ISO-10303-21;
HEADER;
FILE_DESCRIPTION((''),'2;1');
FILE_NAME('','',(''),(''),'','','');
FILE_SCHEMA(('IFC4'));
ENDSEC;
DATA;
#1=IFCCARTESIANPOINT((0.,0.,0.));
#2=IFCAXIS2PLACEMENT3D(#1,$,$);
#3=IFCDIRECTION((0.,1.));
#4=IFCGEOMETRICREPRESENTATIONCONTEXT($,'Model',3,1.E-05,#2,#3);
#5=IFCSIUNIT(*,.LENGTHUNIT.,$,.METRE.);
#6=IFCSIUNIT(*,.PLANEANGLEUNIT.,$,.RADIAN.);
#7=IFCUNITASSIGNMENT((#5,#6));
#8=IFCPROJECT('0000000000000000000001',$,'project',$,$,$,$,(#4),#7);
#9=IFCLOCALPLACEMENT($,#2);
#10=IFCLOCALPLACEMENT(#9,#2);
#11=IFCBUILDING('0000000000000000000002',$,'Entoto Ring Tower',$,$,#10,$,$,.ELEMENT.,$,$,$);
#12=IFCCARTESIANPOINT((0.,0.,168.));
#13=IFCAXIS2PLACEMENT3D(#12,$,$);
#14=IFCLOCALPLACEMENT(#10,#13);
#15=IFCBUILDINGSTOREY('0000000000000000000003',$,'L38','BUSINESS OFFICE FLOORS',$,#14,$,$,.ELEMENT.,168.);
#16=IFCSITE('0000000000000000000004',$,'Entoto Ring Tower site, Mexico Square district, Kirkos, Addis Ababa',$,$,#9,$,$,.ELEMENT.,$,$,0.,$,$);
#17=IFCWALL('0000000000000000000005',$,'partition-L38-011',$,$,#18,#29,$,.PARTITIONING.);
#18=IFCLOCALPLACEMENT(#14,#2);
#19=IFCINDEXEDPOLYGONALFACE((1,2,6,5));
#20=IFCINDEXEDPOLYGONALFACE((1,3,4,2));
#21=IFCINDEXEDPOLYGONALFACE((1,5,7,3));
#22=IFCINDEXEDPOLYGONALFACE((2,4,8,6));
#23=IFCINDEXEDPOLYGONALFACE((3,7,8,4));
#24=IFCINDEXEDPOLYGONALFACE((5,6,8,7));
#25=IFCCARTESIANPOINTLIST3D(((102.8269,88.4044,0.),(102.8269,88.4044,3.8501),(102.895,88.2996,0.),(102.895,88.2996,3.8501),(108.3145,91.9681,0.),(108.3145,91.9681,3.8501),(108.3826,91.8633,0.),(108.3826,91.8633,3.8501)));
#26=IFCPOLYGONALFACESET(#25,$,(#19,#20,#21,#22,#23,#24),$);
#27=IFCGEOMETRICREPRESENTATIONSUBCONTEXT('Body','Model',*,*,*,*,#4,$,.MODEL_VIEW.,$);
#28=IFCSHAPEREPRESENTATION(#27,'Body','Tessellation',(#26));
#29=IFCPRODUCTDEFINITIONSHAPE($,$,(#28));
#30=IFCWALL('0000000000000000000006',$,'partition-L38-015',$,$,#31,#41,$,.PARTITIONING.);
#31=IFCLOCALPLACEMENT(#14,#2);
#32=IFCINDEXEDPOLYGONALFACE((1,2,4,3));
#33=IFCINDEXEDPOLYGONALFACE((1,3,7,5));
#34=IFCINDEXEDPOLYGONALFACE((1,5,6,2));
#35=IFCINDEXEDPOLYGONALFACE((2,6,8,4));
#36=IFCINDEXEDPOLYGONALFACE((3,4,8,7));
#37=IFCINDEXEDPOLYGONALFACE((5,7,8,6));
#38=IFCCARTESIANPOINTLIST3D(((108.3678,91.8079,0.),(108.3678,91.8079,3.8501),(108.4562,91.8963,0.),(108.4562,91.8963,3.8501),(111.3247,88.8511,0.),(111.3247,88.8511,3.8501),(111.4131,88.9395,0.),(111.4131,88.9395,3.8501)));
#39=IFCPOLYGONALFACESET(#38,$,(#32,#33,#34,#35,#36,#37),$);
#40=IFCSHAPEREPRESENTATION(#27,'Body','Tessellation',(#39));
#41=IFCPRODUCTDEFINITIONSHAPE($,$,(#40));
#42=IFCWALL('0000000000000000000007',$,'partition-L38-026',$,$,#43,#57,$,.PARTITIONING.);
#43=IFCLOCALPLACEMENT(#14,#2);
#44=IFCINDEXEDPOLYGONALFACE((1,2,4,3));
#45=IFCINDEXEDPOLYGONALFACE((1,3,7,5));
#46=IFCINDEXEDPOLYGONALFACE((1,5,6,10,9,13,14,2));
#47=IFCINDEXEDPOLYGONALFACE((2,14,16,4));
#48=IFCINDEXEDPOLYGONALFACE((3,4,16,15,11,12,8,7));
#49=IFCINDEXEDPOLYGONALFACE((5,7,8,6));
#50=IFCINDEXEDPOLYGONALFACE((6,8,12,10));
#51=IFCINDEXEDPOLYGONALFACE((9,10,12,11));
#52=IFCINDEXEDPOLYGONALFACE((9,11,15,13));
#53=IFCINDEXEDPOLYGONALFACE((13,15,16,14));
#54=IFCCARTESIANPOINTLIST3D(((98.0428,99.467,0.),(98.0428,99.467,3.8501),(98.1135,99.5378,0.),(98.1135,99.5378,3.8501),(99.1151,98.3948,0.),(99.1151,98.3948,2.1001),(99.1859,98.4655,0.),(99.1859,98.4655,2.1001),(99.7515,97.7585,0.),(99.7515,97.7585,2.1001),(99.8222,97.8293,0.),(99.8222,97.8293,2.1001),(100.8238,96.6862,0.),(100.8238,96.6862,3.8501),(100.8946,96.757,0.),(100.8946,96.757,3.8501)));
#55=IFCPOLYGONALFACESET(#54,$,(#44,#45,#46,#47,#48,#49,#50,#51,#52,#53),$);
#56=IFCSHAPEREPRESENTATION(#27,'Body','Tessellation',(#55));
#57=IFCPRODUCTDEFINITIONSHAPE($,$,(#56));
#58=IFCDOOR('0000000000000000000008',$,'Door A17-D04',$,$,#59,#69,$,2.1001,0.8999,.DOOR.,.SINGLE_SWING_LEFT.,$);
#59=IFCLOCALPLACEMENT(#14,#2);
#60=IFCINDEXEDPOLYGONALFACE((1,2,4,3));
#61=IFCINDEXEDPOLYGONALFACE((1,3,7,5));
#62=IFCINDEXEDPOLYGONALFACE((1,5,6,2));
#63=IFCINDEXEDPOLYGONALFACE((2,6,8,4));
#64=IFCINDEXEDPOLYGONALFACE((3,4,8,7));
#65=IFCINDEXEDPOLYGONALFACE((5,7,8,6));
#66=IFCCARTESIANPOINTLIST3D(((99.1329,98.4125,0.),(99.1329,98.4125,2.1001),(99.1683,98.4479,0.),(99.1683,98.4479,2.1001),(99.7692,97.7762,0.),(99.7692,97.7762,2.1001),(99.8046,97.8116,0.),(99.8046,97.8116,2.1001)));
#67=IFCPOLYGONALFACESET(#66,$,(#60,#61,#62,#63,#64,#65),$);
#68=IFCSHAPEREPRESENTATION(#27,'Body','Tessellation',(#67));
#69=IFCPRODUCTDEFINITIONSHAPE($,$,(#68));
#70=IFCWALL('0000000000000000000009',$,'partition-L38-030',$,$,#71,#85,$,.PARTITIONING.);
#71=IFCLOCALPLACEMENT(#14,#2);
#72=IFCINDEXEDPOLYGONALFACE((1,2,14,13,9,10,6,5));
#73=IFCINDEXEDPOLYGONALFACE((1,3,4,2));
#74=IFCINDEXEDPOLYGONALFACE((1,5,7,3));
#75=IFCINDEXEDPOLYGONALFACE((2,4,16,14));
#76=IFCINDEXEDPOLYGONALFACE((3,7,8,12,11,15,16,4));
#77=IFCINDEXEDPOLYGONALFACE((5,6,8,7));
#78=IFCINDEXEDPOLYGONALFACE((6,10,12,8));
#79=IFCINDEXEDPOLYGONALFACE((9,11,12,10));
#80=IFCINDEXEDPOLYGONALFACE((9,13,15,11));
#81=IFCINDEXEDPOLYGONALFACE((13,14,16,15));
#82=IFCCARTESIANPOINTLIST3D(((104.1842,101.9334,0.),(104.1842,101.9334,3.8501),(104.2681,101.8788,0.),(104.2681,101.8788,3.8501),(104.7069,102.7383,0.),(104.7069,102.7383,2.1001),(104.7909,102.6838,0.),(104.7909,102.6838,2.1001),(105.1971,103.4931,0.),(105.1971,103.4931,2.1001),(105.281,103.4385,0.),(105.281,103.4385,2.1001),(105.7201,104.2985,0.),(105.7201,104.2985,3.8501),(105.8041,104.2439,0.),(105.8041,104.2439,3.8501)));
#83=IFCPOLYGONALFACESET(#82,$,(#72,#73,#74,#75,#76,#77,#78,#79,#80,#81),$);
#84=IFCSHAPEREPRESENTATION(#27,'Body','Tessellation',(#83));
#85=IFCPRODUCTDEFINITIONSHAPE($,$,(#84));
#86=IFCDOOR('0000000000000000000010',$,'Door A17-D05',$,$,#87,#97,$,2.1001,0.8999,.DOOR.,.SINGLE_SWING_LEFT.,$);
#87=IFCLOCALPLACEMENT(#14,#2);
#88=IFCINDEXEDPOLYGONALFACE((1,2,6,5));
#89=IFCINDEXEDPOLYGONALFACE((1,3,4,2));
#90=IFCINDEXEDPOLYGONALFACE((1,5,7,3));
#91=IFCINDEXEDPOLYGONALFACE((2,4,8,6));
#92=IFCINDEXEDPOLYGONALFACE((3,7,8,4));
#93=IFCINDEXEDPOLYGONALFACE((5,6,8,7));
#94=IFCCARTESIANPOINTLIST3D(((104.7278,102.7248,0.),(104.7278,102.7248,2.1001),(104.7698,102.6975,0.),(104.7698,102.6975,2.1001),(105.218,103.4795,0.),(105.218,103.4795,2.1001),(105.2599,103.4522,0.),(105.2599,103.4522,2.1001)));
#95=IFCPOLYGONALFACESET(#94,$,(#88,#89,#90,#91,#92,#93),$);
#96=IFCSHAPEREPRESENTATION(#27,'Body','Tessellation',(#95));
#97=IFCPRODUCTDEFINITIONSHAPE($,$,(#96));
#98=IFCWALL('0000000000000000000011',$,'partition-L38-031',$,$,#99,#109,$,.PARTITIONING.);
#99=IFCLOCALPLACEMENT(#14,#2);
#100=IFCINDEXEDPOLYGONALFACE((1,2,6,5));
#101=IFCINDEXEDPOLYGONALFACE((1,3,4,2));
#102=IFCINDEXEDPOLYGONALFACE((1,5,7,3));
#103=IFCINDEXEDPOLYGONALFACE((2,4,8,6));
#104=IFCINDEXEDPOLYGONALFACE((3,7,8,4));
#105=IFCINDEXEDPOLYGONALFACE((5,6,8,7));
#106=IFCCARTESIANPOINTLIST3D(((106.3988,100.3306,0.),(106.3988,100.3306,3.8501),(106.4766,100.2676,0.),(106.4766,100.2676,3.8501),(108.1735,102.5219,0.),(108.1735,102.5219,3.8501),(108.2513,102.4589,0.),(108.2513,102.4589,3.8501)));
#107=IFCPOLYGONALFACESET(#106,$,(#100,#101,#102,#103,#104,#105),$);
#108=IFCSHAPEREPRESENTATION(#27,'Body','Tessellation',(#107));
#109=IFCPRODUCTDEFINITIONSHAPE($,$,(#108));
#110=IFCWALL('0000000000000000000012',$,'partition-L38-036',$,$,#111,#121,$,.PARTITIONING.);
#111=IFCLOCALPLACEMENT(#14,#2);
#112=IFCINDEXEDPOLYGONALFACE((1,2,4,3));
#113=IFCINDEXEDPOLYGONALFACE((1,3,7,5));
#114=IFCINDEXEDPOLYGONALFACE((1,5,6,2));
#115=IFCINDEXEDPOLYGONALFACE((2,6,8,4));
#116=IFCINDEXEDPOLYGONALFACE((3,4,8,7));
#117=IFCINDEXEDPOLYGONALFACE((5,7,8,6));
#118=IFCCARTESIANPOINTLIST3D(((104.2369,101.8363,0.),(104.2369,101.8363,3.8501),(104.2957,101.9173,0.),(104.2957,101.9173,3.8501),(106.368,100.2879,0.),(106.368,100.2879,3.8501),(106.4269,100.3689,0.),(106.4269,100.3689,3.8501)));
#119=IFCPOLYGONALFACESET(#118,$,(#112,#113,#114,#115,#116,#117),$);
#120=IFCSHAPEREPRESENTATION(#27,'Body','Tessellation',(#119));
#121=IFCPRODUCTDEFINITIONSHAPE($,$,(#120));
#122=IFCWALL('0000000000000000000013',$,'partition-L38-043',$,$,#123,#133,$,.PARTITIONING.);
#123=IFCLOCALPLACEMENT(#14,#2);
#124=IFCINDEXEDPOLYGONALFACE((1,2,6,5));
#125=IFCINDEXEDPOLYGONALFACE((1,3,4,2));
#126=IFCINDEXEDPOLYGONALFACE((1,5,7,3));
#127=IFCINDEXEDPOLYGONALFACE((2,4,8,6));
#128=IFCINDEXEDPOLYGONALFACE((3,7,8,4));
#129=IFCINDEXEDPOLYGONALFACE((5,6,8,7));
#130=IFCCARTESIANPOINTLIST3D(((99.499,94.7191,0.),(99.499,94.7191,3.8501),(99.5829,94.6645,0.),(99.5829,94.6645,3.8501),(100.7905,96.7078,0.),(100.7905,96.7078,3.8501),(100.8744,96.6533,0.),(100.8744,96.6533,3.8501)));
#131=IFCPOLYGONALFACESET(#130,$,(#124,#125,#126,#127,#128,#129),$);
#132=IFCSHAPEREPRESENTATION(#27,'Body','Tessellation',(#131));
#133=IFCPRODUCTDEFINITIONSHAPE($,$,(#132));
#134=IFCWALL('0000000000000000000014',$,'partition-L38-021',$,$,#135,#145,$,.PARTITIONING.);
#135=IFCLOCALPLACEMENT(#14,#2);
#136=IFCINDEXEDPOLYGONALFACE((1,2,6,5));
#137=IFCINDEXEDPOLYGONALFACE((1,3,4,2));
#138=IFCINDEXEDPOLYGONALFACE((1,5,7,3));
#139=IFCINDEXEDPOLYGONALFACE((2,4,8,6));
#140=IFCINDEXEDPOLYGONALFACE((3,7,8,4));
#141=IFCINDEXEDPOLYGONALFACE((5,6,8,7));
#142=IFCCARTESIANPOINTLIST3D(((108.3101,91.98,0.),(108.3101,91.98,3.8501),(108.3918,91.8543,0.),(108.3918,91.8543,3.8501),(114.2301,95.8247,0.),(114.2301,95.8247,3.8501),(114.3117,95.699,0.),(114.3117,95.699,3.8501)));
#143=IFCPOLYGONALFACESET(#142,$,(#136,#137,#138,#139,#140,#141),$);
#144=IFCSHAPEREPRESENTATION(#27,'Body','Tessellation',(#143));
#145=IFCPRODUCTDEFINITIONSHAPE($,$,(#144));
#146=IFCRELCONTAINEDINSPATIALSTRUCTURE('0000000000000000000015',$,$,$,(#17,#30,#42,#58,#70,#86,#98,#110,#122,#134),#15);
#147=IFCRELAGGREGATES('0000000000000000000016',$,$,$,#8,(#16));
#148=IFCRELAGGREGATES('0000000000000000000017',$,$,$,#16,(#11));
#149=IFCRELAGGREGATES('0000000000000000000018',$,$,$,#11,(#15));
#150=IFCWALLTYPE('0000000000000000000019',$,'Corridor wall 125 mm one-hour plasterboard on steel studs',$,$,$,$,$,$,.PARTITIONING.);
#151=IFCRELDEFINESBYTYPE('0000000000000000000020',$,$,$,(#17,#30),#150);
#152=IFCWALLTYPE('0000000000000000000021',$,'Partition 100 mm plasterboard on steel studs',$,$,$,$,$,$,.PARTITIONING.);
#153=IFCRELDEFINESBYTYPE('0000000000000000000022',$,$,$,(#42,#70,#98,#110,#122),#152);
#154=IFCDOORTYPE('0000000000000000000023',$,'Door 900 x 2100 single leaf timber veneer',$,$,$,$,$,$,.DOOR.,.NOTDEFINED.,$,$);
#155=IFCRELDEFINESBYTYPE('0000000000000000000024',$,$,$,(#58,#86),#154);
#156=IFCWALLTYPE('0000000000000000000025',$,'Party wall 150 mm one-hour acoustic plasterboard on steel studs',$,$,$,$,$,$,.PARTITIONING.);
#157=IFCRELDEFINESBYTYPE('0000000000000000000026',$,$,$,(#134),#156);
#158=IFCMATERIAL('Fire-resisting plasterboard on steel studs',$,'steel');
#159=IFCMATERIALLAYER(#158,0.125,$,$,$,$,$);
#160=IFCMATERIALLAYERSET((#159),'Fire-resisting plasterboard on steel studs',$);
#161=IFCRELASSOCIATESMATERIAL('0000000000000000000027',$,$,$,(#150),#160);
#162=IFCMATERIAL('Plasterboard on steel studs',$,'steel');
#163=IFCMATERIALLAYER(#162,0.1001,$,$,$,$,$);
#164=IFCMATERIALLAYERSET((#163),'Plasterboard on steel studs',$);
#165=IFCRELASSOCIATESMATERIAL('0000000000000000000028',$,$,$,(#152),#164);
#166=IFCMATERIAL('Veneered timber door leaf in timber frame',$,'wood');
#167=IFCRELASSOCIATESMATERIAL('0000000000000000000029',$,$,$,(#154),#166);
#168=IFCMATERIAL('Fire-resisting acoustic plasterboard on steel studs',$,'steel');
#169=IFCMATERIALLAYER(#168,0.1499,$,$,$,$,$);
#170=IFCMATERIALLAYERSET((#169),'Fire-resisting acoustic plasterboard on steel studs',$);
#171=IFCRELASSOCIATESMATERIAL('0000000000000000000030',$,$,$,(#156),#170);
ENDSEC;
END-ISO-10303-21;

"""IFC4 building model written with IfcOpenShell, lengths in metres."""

from ifc_helpers import new_model, si_unit, direction, frame, frame_2d, origin, place, context, subcontext, project, spatial, rectangle, extrude, material, layer, layer_set, type_object, element, fill, save


model = new_model("IFC4")

# Units and contexts
model_context = context("Model", 3, precision=1e-05, world=origin(), true_north=direction((0.0, 1.0)))
body_context = subcontext(model_context, "Body", "Model", "MODEL_VIEW")
ifc_project = project(units=[si_unit("LENGTHUNIT", "METRE"), si_unit("PLANEANGLEUNIT", "RADIAN")], contexts=[model_context])

# Site, building, storey
site_placement = place(None, origin())
site = spatial("IfcSite", under=ifc_project, at=site_placement, Name="Entoto Ring Tower site, Mexico Square district, Kirkos, Addis Ababa", CompositionType="ELEMENT", RefElevation=0.0)
building_placement = place(site_placement, origin())
building = spatial("IfcBuilding", under=site, at=building_placement, Name="Entoto Ring Tower", CompositionType="ELEMENT")
storey_placement = place(building_placement, frame((0.0, 0.0, 168.0)))
storey = spatial("IfcBuildingStorey", under=building, at=storey_placement, Name="L38", Description="BUSINESS OFFICE FLOORS", CompositionType="ELEMENT", Elevation=168.0)

# Shared definitions
ifc_material_1 = material(Name="Fire-resisting plasterboard on steel studs", Category="steel")
ifc_layer_1 = layer(ifc_material_1, 0.125)
ifc_layer_set_1 = layer_set([ifc_layer_1], Name="Fire-resisting plasterboard on steel studs")
wall_type_1 = type_object("IfcWallType", Name="Corridor wall 125 mm one-hour plasterboard on steel studs", PredefinedType="PARTITIONING", material=ifc_layer_set_1)

# Walls
wall_1_placement = place(storey_placement, frame((102.8611, 88.3521, 0.0), z_axis=(0.0, 0.0, 1.0), x_axis=(0.838666, 0.544646, 0.0)))
element("IfcWall", 1, at=wall_1_placement, inside=storey, type_object=wall_type_1, Name="partition-L38-011", PredefinedType="PARTITIONING", context=body_context, shape_type="SweptSolid", body=[
    extrude(rectangle(XDim=6.5432, YDim=0.125, at=frame_2d((3.2715, 0.0))), origin(), (0.0, 0.0, 1.0), 3.8501),
])
wall_2_placement = place(storey_placement, frame((111.3689, 88.8953, 0.0), z_axis=(0.0, 0.0, 1.0), x_axis=(-0.707107, 0.707107, 0.0)))
element("IfcWall", 2, at=wall_2_placement, inside=storey, type_object=wall_type_1, Name="partition-L38-015", PredefinedType="PARTITIONING", context=body_context, shape_type="SweptSolid", body=[
    extrude(rectangle(XDim=4.1816, YDim=0.125, at=frame_2d((2.0908, 0.0))), origin(), (0.0, 0.0, 1.0), 3.8501),
])

# Walls, openings, doors
ifc_material_2 = material(Name="Plasterboard on steel studs", Category="steel")
ifc_layer_2 = layer(ifc_material_2, 0.1001)
ifc_layer_set_2 = layer_set([ifc_layer_2], Name="Plasterboard on steel studs")
wall_type_2 = type_object("IfcWallType", Name="Partition 100 mm plasterboard on steel studs", PredefinedType="PARTITIONING", material=ifc_layer_set_2)
wall_3_placement = place(storey_placement, frame((100.8591, 96.7217, 0.0), z_axis=(0.0, 0.0, 1.0), x_axis=(-0.707138, 0.707076, 0.0)))
wall_3 = element("IfcWall", 3, at=wall_3_placement, inside=storey, type_object=wall_type_2, Name="partition-L38-026", PredefinedType="PARTITIONING", context=body_context, shape_type="SweptSolid", body=[
    extrude(rectangle(XDim=3.9329, YDim=0.1001, at=frame_2d((1.9663, 0.0))), origin(), (0.0, 0.0, 1.0), 3.8501),
])
opening_1_placement = place(wall_3_placement, frame((1.5164, 0.0, 0.0)))
opening_1 = element("IfcOpeningElement", 4, at=opening_1_placement, cuts=wall_3, PredefinedType="OPENING", context=body_context, shape_type="SweptSolid", body=[
    extrude(rectangle(XDim=0.8999, YDim=2.1001, at=frame_2d((0.45, 1.05))), frame((0.0, 0.0601, 0.0), z_axis=(0.0, -1.0, 0.0), x_axis=(1.0, 0.0, 0.0)), (0.0, 0.0, 1.0), 0.1201),
])
ifc_material_3 = material(Name="Veneered timber door leaf in timber frame", Category="wood")
door_type_1 = type_object("IfcDoorType", Name="Door 900 x 2100 single leaf timber veneer", OperationType="NOTDEFINED", PredefinedType="DOOR", material=ifc_material_3)
door_1_placement = place(opening_1_placement, origin())
door_1 = element("IfcDoor", 5, at=door_1_placement, inside=storey, type_object=door_type_1, Name="Door A17-D04", OperationType="SINGLE_SWING_LEFT", OverallHeight=2.1001, OverallWidth=0.8999, PredefinedType="DOOR", context=body_context, shape_type="SweptSolid", body=[
    extrude(rectangle(XDim=0.8999, YDim=2.1001, at=frame_2d((0.45, 1.05))), frame((0.0, 0.0249, 0.0), z_axis=(0.0, -1.0, 0.0), x_axis=(1.0, 0.0, 0.0)), (0.0, 0.0, 1.0), 0.05),
])
fill(opening_1, door_1)
wall_4_placement = place(storey_placement, frame((104.2261, 101.906, 0.0), z_axis=(0.0, 0.0, 1.0), x_axis=(0.544651, 0.838663, 0.0)))
wall_4 = element("IfcWall", 6, at=wall_4_placement, inside=storey, type_object=wall_type_2, Name="partition-L38-030", PredefinedType="PARTITIONING", context=body_context, shape_type="SweptSolid", body=[
    extrude(rectangle(XDim=2.8201, YDim=0.1001, at=frame_2d((1.4102, 0.0))), origin(), (0.0, 0.0, 1.0), 3.8501),
])
opening_2_placement = place(wall_4_placement, frame((0.96, 0.0, 0.0)))
opening_2 = element("IfcOpeningElement", 7, at=opening_2_placement, cuts=wall_4, PredefinedType="OPENING", context=body_context, shape_type="SweptSolid", body=[
    extrude(rectangle(XDim=0.8999, YDim=2.1001, at=frame_2d((0.45, 1.05))), frame((0.0, 0.0601, 0.0), z_axis=(0.0, -1.0, 0.0), x_axis=(1.0, 0.0, 0.0)), (0.0, 0.0, 1.0), 0.1201),
])
door_2_placement = place(opening_2_placement, frame((0.8999, 0.0, 0.0), z_axis=(0.0, 0.0, 1.0), x_axis=(-1.0, 0.0, 0.0)))
door_2 = element("IfcDoor", 8, at=door_2_placement, inside=storey, type_object=door_type_1, Name="Door A17-D05", OperationType="SINGLE_SWING_LEFT", OverallHeight=2.1001, OverallWidth=0.8999, PredefinedType="DOOR", context=body_context, shape_type="SweptSolid", body=[
    extrude(rectangle(XDim=0.8999, YDim=2.1001, at=frame_2d((0.45, 1.05))), frame((0.0, 0.0249, 0.0), z_axis=(0.0, -1.0, 0.0), x_axis=(1.0, 0.0, 0.0)), (0.0, 0.0, 1.0), 0.05),
])
fill(opening_2, door_2)

# Walls
wall_5_placement = place(storey_placement, frame((106.4377, 100.2991, 0.0), z_axis=(0.0, 0.0, 1.0), x_axis=(0.62934, 0.77713, 0.0)))
element("IfcWall", 9, at=wall_5_placement, inside=storey, type_object=wall_type_2, Name="partition-L38-031", PredefinedType="PARTITIONING", context=body_context, shape_type="SweptSolid", body=[
    extrude(rectangle(XDim=2.8198, YDim=0.1001, at=frame_2d((1.4099, 0.0))), origin(), (0.0, 0.0, 1.0), 3.8501),
])
wall_6_placement = place(storey_placement, frame((106.3975, 100.3284, 0.0), z_axis=(0.0, 0.0, 1.0), x_axis=(-0.809017, 0.587786, 0.0)))
element("IfcWall", 10, at=wall_6_placement, inside=storey, type_object=wall_type_2, Name="partition-L38-036", PredefinedType="PARTITIONING", context=body_context, shape_type="SweptSolid", body=[
    extrude(rectangle(XDim=2.6343, YDim=0.1001, at=frame_2d((1.3171, 0.0))), origin(), (0.0, 0.0, 1.0), 3.8501),
])
wall_7_placement = place(storey_placement, frame((99.541, 94.6919, 0.0), z_axis=(0.0, 0.0, 1.0), x_axis=(0.544634, 0.838674, 0.0)))
element("IfcWall", 11, at=wall_7_placement, inside=storey, type_object=wall_type_2, Name="partition-L38-043", PredefinedType="PARTITIONING", context=body_context, shape_type="SweptSolid", body=[
    extrude(rectangle(XDim=2.3713, YDim=0.1001, at=frame_2d((1.1855, 0.0))), origin(), (0.0, 0.0, 1.0), 3.8501),
])
ifc_material_4 = material(Name="Fire-resisting acoustic plasterboard on steel studs", Category="steel")
ifc_layer_3 = layer(ifc_material_4, 0.1499)
ifc_layer_set_3 = layer_set([ifc_layer_3], Name="Fire-resisting acoustic plasterboard on steel studs")
wall_type_3 = type_object("IfcWallType", Name="Party wall 150 mm one-hour acoustic plasterboard on steel studs", PredefinedType="PARTITIONING", material=ifc_layer_set_3)
wall_8_placement = place(storey_placement, frame((108.3511, 91.9172, 0.0), z_axis=(0.0, 0.0, 1.0), x_axis=(0.838652, 0.544667, 0.0)))
element("IfcWall", 12, at=wall_8_placement, inside=storey, type_object=wall_type_3, Name="partition-L38-021", PredefinedType="PARTITIONING", context=body_context, shape_type="SweptSolid", body=[
    extrude(rectangle(XDim=7.0588, YDim=0.1499, at=frame_2d((3.5293, 0.0))), origin(), (0.0, 0.0, 1.0), 3.8501),
])

save(model, "model.ifc")
